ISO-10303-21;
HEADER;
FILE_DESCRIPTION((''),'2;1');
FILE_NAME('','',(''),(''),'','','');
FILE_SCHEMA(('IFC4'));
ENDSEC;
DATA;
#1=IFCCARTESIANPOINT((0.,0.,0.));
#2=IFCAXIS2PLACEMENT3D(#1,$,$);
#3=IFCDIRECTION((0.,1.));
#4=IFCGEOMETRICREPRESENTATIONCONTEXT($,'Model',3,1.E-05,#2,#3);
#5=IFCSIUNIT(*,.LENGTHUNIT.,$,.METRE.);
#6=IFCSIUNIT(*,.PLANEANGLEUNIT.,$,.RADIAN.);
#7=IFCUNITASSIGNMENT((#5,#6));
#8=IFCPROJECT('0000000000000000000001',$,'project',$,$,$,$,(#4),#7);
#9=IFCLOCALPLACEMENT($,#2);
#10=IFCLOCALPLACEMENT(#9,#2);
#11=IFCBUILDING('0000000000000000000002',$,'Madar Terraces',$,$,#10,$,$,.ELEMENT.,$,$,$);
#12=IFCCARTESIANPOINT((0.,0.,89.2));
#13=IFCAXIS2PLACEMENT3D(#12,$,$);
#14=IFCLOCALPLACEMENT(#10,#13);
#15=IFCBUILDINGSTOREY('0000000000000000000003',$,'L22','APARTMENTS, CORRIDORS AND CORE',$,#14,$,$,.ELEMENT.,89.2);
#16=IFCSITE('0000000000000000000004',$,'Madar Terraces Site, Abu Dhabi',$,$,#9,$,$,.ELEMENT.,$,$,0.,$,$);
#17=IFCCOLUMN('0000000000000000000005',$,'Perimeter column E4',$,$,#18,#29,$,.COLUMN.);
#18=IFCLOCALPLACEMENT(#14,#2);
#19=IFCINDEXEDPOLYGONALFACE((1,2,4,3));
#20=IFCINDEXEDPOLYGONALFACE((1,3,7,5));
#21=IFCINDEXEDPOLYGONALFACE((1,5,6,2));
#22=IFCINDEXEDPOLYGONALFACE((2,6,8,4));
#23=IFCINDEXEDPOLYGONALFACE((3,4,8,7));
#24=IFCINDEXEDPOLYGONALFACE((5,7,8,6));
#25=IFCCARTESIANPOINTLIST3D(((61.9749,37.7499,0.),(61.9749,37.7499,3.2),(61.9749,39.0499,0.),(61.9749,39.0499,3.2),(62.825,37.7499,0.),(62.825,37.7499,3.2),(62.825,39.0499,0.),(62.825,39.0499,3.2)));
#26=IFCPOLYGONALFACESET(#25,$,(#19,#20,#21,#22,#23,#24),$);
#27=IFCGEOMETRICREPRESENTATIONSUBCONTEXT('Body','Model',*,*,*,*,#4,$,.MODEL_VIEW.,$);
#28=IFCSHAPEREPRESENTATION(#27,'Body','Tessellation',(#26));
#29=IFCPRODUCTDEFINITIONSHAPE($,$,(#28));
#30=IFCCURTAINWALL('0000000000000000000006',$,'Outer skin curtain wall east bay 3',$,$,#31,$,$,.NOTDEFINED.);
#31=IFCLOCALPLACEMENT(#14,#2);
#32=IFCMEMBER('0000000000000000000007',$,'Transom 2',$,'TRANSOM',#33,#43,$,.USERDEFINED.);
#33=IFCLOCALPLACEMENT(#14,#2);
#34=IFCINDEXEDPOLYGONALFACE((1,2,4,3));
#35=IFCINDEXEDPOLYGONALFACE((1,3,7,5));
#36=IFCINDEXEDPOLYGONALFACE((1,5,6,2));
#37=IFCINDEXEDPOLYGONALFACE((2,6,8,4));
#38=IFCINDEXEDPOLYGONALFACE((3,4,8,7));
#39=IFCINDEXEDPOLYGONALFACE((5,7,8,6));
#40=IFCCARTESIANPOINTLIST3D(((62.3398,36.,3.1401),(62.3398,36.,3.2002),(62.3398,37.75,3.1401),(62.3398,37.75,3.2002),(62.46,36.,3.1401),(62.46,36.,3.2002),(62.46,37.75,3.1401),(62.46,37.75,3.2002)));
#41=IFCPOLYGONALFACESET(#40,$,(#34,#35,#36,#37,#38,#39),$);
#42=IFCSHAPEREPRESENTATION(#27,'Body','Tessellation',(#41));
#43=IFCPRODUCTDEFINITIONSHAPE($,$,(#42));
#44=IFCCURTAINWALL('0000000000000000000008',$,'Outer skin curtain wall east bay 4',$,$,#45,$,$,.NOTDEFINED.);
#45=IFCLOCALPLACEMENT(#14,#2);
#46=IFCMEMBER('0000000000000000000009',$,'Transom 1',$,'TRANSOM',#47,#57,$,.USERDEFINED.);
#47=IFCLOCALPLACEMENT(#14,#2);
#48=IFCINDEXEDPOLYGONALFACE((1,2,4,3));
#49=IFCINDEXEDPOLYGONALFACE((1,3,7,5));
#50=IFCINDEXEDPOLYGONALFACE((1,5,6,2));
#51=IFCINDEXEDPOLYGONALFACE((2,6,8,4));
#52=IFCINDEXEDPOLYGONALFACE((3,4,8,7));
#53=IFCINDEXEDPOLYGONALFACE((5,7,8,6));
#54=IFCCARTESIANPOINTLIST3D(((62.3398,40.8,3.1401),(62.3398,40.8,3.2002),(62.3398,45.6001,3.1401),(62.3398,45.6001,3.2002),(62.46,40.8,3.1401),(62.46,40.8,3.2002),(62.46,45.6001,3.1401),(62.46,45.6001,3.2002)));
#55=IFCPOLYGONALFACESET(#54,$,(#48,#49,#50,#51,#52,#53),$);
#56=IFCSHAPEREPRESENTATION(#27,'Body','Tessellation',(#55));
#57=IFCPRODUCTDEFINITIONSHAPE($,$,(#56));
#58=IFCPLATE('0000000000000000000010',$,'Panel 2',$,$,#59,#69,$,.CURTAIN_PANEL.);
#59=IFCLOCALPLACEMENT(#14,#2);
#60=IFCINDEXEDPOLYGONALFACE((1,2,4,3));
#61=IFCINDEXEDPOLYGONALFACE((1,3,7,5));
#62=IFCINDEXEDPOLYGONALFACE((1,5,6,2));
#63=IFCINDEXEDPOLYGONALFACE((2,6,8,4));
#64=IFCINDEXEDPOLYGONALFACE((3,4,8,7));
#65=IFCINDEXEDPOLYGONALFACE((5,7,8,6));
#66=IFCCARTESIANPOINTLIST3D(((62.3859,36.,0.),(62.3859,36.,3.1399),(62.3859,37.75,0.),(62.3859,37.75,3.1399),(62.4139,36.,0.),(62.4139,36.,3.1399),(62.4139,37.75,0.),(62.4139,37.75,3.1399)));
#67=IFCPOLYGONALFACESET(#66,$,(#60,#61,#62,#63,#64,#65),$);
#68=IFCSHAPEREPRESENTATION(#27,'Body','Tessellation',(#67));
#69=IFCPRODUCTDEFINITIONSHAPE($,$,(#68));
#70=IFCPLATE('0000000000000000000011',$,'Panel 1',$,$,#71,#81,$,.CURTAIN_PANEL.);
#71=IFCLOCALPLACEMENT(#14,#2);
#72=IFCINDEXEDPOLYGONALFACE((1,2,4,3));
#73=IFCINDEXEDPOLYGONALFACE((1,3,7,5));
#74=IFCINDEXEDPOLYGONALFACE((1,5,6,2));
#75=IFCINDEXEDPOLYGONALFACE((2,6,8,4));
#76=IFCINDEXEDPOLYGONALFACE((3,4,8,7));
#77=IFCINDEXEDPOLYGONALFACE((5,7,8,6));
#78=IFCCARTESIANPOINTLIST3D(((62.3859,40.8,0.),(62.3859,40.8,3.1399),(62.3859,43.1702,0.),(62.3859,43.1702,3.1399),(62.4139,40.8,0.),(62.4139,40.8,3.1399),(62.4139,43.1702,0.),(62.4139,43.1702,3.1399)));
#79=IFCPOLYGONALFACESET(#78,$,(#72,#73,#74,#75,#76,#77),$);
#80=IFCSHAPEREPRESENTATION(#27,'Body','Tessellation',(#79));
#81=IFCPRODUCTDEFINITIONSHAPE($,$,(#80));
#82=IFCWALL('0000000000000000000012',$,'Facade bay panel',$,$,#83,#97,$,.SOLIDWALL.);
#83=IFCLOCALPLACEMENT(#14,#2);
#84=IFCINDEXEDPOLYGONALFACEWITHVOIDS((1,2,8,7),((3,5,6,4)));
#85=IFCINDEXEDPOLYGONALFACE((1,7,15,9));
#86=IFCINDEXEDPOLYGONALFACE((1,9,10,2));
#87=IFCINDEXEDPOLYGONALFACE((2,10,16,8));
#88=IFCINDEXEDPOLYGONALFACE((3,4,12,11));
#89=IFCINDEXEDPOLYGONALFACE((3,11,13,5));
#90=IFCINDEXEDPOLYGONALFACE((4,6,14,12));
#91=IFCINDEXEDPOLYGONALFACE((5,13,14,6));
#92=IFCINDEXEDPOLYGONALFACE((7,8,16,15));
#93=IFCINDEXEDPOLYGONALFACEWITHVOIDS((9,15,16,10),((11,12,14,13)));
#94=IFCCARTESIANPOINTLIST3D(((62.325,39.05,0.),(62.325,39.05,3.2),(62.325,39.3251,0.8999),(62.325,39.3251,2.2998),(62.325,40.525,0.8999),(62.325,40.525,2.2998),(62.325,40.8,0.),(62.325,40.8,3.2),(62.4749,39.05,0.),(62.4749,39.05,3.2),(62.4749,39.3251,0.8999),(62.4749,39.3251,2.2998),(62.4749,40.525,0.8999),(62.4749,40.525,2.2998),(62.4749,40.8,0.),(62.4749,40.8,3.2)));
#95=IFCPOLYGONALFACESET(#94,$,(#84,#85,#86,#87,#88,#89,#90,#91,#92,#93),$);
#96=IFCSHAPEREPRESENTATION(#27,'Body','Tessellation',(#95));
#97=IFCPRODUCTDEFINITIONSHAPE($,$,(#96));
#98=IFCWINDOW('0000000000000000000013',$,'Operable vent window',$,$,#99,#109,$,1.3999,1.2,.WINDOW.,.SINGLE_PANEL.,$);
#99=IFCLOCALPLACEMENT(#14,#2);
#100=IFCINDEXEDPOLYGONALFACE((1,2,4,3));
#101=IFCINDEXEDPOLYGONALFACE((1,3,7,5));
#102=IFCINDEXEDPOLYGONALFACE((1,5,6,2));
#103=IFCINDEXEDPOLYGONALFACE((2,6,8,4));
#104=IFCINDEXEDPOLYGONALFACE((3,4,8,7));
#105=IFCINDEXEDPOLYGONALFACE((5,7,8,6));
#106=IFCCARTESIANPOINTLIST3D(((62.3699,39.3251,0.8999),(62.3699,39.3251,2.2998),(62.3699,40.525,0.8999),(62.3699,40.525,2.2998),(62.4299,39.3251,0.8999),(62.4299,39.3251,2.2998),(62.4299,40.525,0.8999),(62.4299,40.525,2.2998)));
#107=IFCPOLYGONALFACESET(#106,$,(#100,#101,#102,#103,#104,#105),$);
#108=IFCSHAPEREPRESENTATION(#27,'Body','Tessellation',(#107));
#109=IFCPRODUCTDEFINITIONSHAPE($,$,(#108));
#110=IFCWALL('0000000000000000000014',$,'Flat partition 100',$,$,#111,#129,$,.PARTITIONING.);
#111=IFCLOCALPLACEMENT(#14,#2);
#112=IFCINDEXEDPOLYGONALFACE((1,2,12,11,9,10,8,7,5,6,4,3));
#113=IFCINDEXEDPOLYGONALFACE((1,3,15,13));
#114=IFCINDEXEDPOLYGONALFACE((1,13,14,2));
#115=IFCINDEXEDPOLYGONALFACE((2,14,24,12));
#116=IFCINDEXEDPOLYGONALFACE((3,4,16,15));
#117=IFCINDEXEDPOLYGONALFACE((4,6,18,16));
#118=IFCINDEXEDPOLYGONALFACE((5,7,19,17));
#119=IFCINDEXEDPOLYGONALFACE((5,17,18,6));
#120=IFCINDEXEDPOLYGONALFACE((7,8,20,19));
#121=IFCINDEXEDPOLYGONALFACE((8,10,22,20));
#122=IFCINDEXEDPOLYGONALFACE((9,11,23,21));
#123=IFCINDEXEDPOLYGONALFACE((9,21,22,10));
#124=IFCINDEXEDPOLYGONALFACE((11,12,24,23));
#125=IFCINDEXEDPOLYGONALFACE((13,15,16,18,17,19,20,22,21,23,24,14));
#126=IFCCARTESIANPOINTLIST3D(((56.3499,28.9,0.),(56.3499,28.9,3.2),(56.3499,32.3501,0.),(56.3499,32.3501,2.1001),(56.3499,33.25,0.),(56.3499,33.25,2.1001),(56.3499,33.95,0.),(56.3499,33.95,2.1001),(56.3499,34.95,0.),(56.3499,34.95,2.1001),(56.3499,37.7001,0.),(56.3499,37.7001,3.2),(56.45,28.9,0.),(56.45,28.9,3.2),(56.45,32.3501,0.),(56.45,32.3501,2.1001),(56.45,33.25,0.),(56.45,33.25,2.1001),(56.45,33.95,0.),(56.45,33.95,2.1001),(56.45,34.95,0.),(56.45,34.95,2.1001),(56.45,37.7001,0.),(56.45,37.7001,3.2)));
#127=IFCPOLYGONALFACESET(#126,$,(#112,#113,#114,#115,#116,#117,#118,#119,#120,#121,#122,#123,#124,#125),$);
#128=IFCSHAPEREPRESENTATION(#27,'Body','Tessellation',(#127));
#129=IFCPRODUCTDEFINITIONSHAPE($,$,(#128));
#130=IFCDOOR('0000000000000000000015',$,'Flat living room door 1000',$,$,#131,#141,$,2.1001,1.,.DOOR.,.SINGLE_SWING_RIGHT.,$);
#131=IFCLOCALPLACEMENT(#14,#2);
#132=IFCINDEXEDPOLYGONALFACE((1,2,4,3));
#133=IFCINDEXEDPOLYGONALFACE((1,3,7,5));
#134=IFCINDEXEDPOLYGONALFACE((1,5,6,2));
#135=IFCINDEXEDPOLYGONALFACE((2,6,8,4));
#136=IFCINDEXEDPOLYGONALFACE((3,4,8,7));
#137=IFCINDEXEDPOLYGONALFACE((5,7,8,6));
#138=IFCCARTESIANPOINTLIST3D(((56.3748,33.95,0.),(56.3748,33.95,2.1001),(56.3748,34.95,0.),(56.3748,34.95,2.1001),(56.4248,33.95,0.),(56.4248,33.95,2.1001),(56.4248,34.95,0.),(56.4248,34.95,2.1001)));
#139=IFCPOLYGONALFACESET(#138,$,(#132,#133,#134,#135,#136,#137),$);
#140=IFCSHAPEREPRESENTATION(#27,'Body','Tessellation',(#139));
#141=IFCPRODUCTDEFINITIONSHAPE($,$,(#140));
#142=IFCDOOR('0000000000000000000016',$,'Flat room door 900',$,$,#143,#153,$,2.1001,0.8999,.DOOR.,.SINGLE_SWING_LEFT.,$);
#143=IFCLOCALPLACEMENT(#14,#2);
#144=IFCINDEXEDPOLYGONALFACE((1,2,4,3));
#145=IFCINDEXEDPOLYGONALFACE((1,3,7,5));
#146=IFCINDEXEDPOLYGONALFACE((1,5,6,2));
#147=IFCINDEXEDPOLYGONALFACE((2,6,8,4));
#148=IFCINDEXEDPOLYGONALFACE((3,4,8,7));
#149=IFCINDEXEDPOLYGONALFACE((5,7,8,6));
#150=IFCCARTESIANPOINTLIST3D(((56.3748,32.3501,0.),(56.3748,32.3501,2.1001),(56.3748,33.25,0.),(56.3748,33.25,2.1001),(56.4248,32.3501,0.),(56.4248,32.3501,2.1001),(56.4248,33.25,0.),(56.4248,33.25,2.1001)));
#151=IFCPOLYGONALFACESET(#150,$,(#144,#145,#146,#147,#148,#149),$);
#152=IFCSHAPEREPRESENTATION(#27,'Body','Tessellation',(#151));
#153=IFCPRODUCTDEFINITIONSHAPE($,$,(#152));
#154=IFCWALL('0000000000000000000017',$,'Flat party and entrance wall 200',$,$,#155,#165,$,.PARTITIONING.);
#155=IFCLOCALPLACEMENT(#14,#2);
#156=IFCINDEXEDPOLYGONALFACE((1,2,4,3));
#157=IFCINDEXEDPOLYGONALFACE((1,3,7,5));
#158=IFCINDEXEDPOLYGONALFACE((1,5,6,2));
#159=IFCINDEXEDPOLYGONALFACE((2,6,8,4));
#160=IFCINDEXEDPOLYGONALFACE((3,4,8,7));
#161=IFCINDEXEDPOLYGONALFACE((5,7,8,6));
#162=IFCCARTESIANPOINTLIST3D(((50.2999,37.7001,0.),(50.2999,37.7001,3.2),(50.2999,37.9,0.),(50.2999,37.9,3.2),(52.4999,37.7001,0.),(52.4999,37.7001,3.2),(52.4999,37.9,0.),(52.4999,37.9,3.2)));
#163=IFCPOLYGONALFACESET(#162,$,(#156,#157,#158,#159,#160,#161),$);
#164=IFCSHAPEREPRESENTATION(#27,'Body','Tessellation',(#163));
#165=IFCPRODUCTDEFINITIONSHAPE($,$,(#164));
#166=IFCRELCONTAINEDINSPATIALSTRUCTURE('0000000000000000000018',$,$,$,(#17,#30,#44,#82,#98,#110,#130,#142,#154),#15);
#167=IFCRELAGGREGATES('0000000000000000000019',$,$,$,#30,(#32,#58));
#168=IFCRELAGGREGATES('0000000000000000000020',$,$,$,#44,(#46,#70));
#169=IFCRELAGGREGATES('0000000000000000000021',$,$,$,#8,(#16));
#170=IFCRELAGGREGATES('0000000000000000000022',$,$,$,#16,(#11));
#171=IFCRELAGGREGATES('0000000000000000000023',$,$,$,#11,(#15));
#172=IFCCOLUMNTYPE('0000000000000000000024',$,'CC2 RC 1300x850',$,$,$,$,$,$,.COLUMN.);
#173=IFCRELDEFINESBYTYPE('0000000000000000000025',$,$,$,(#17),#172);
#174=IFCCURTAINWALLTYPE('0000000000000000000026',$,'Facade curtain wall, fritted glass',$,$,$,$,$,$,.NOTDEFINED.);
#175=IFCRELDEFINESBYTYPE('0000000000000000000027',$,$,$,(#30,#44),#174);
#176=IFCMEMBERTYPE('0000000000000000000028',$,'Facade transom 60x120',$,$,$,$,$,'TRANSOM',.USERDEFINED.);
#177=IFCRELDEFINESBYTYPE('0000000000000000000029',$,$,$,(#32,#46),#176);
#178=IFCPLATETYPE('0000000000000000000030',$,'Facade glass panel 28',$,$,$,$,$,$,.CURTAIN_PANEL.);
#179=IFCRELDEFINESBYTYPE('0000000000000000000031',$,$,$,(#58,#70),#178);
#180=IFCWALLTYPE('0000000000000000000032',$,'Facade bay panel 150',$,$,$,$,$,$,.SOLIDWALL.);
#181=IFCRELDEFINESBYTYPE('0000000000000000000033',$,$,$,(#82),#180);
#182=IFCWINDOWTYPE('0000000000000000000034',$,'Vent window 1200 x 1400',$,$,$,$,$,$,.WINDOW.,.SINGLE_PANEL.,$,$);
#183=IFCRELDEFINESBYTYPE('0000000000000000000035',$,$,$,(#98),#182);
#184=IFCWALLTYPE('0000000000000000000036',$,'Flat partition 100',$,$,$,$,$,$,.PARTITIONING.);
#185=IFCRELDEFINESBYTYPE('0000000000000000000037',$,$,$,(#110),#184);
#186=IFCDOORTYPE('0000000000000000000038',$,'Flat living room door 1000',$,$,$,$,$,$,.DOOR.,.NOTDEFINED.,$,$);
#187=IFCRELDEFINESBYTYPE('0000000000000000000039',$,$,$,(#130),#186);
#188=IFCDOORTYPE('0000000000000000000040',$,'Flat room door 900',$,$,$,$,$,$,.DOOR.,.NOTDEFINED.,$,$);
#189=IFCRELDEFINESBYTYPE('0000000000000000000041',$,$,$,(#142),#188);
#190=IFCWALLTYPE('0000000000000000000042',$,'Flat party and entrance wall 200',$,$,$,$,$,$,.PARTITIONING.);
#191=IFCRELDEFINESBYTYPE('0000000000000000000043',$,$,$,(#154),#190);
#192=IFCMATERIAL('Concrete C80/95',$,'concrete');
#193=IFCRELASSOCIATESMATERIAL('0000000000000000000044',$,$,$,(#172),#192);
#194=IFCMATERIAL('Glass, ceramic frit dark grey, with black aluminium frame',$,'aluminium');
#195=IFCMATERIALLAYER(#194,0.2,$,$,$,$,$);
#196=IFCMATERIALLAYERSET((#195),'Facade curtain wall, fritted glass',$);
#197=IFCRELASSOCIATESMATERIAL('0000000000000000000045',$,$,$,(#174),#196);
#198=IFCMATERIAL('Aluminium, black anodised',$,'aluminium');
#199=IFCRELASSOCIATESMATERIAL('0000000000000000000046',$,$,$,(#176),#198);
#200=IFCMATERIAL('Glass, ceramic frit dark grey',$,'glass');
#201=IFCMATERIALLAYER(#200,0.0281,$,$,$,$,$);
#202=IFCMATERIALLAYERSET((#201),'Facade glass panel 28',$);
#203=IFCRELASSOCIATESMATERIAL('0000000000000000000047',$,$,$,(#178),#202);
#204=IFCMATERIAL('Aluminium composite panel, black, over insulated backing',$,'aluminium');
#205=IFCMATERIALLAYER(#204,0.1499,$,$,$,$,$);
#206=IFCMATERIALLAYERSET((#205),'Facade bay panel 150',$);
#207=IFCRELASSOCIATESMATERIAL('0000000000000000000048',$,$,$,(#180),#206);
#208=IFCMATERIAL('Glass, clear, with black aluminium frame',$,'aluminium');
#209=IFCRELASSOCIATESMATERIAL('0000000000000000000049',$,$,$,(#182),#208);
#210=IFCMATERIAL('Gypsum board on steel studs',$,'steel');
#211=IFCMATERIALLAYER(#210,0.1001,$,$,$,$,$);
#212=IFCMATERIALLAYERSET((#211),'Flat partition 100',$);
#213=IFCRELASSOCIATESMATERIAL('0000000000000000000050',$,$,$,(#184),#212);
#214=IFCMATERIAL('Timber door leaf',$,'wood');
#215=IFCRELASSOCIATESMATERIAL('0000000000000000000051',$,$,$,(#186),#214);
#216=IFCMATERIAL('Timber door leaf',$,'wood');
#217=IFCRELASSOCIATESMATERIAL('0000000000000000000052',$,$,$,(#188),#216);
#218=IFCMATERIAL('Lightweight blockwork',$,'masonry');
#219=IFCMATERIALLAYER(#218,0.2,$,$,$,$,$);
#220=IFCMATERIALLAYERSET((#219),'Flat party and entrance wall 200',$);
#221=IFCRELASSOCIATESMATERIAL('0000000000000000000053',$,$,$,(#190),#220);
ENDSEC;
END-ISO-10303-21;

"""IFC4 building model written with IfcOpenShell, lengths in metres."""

from ifc_helpers import new_model, si_unit, direction, frame, frame_2d, origin, origin_2d, place, context, subcontext, project, spatial, rectangle, extrude, material, layer, layer_set, material_profile, profile_set, type_object, element, fill, aggregate, save


model = new_model("IFC4")

# Units and contexts
model_context = context("Model", 3, precision=1e-05, world=origin(), true_north=direction((0.0, 1.0)))
body_context = subcontext(model_context, "Body", "Model", "MODEL_VIEW")
ifc_project = project(units=[si_unit("LENGTHUNIT", "METRE"), si_unit("PLANEANGLEUNIT", "RADIAN")], contexts=[model_context])

# Site, building, storey
site_placement = place(None, origin())
site = spatial("IfcSite", under=ifc_project, at=site_placement, Name="Madar Terraces Site, Abu Dhabi", CompositionType="ELEMENT", RefElevation=0.0)
building_placement = place(site_placement, origin())
building = spatial("IfcBuilding", under=site, at=building_placement, Name="Madar Terraces", CompositionType="ELEMENT")
storey_placement = place(building_placement, frame((0.0, 0.0, 89.2)))
storey = spatial("IfcBuildingStorey", under=building, at=storey_placement, Name="L22", Description="APARTMENTS, CORRIDORS AND CORE", CompositionType="ELEMENT", Elevation=89.2)

# Column
ifc_material_1 = material(Name="Concrete C80/95", Category="concrete")
ifc_material_profile_1 = material_profile(ifc_material_1, rectangle(XDim=1.3, YDim=0.8501, at=origin_2d()), Name="CC2 RC 1300x850")
ifc_profile_set_1 = profile_set([ifc_material_profile_1], Name="Concrete C80/95")
column_type = type_object("IfcColumnType", Name="CC2 RC 1300x850", PredefinedType="COLUMN", material=ifc_profile_set_1)
column_placement = place(storey_placement, frame((62.3999, 38.3999, 0.0), z_axis=(0.0, 0.0, 1.0), x_axis=(0.0, 1.0, 0.0)))
element("IfcColumn", 1, at=column_placement, inside=storey, type_object=column_type, Name="Perimeter column E4", PredefinedType="COLUMN", context=body_context, shape_type="SweptSolid", body=[
    extrude(rectangle(XDim=1.3, YDim=0.8501, at=origin_2d()), origin(), (0.0, 0.0, 1.0), 3.2),
])

# Curtain walls, members
ifc_material_2 = material(Name="Glass, ceramic frit dark grey, with black aluminium frame", Category="aluminium")
ifc_layer_1 = layer(ifc_material_2, 0.2)
ifc_layer_set_1 = layer_set([ifc_layer_1], Name="Facade curtain wall, fritted glass")
curtain_wall_type = type_object("IfcCurtainWallType", Name="Facade curtain wall, fritted glass", PredefinedType="NOTDEFINED", material=ifc_layer_set_1)
curtain_wall_1_placement = place(storey_placement, origin())
curtain_wall_1 = element("IfcCurtainWall", 2, at=curtain_wall_1_placement, inside=storey, type_object=curtain_wall_type, Name="Outer skin curtain wall east bay 3", PredefinedType="NOTDEFINED")
ifc_material_3 = material(Name="Aluminium, black anodised", Category="aluminium")
ifc_material_profile_2 = material_profile(ifc_material_3, rectangle(XDim=0.1201, YDim=0.0601, at=origin_2d()), Name="Facade transom 60x120")
ifc_profile_set_2 = profile_set([ifc_material_profile_2], Name="Aluminium, black anodised")
member_type = type_object("IfcMemberType", Name="Facade transom 60x120", ElementType="TRANSOM", PredefinedType="USERDEFINED", material=ifc_profile_set_2)
member_1_placement = place(storey_placement, frame((62.3999, 36.0, 3.1702), z_axis=(0.0, 1.0, 0.0), x_axis=(-1.0, 0.0, 0.0)))
member_1 = element("IfcMember", 3, at=member_1_placement, type_object=member_type, Name="Transom 2", ObjectType="TRANSOM", PredefinedType="USERDEFINED", context=body_context, shape_type="SweptSolid", body=[
    extrude(rectangle(XDim=0.1201, YDim=0.0601, at=origin_2d()), origin(), (0.0, 0.0, 1.0), 1.75),
])
curtain_wall_2_placement = place(storey_placement, origin())
curtain_wall_2 = element("IfcCurtainWall", 4, at=curtain_wall_2_placement, inside=storey, type_object=curtain_wall_type, Name="Outer skin curtain wall east bay 4", PredefinedType="NOTDEFINED")
member_2_placement = place(storey_placement, frame((62.3999, 40.8, 3.1702), z_axis=(0.0, 1.0, 0.0), x_axis=(-1.0, 0.0, 0.0)))
member_2 = element("IfcMember", 5, at=member_2_placement, type_object=member_type, Name="Transom 1", ObjectType="TRANSOM", PredefinedType="USERDEFINED", context=body_context, shape_type="SweptSolid", body=[
    extrude(rectangle(XDim=0.1201, YDim=0.0601, at=origin_2d()), origin(), (0.0, 0.0, 1.0), 4.8),
])

# Plates
ifc_material_4 = material(Name="Glass, ceramic frit dark grey", Category="glass")
ifc_layer_2 = layer(ifc_material_4, 0.0281)
ifc_layer_set_2 = layer_set([ifc_layer_2], Name="Facade glass panel 28")
plate_type = type_object("IfcPlateType", Name="Facade glass panel 28", PredefinedType="CURTAIN_PANEL", material=ifc_layer_set_2)
plate_1_placement = place(storey_placement, frame((62.3999, 36.875, 0.0), z_axis=(0.0, 0.0, 1.0), x_axis=(0.0, 1.0, 0.0)))
plate_1 = element("IfcPlate", 6, at=plate_1_placement, type_object=plate_type, Name="Panel 2", PredefinedType="CURTAIN_PANEL", context=body_context, shape_type="SweptSolid", body=[
    extrude(rectangle(XDim=1.75, YDim=0.0281, at=origin_2d()), origin(), (0.0, 0.0, 1.0), 3.1399),
])
aggregate(curtain_wall_1, [member_1, plate_1])
plate_2_placement = place(storey_placement, frame((62.3999, 41.9851, 0.0), z_axis=(0.0, 0.0, 1.0), x_axis=(0.0, 1.0, 0.0)))
plate_2 = element("IfcPlate", 7, at=plate_2_placement, type_object=plate_type, Name="Panel 1", PredefinedType="CURTAIN_PANEL", context=body_context, shape_type="SweptSolid", body=[
    extrude(rectangle(XDim=2.3701, YDim=0.0281, at=origin_2d()), origin(), (0.0, 0.0, 1.0), 3.1399),
])
aggregate(curtain_wall_2, [member_2, plate_2])

# Wall, opening, window
ifc_material_5 = material(Name="Aluminium composite panel, black, over insulated backing", Category="aluminium")
ifc_layer_3 = layer(ifc_material_5, 0.1499)
ifc_layer_set_3 = layer_set([ifc_layer_3], Name="Facade bay panel 150")
wall_type_1 = type_object("IfcWallType", Name="Facade bay panel 150", PredefinedType="SOLIDWALL", material=ifc_layer_set_3)
wall_1_placement = place(storey_placement, frame((62.3999, 39.05, 0.0), z_axis=(0.0, 0.0, 1.0), x_axis=(0.0, 1.0, 0.0)))
wall_1 = element("IfcWall", 8, at=wall_1_placement, inside=storey, type_object=wall_type_1, Name="Facade bay panel", PredefinedType="SOLIDWALL", context=body_context, shape_type="SweptSolid", body=[
    extrude(rectangle(XDim=1.75, YDim=0.1499, at=frame_2d((0.875, 0.0))), origin(), (0.0, 0.0, 1.0), 3.2),
])
opening_1_placement = place(wall_1_placement, frame((0.2749, 0.0, 0.8999)))
opening_1 = element("IfcOpeningElement", 9, at=opening_1_placement, cuts=wall_1, PredefinedType="OPENING", context=body_context, shape_type="SweptSolid", body=[
    extrude(rectangle(XDim=1.2, YDim=1.3999, at=frame_2d((0.6001, 0.7))), frame((0.0, 0.085, 0.0), z_axis=(0.0, -1.0, 0.0), x_axis=(1.0, 0.0, 0.0)), (0.0, 0.0, 1.0), 0.1699),
])
ifc_material_6 = material(Name="Glass, clear, with black aluminium frame", Category="aluminium")
window_type = type_object("IfcWindowType", Name="Vent window 1200 x 1400", PartitioningType="SINGLE_PANEL", PredefinedType="WINDOW", material=ifc_material_6)
window_placement = place(opening_1_placement, origin())
window = element("IfcWindow", 10, at=window_placement, inside=storey, type_object=window_type, Name="Operable vent window", OverallHeight=1.3999, OverallWidth=1.2, PartitioningType="SINGLE_PANEL", PredefinedType="WINDOW", context=body_context, shape_type="SweptSolid", body=[
    extrude(rectangle(XDim=1.2, YDim=1.3999, at=frame_2d((0.6001, 0.7))), frame((0.0, 0.03, 0.0), z_axis=(0.0, -1.0, 0.0), x_axis=(1.0, 0.0, 0.0)), (0.0, 0.0, 1.0), 0.0601),
])
fill(opening_1, window)

# Wall, openings, doors
ifc_material_7 = material(Name="Gypsum board on steel studs", Category="steel")
ifc_layer_4 = layer(ifc_material_7, 0.1001)
ifc_layer_set_4 = layer_set([ifc_layer_4], Name="Flat partition 100")
wall_type_2 = type_object("IfcWallType", Name="Flat partition 100", PredefinedType="PARTITIONING", material=ifc_layer_set_4)
wall_2_placement = place(storey_placement, frame((56.3999, 37.7, 0.0), z_axis=(0.0, 0.0, 1.0), x_axis=(0.0, -1.0, 0.0)))
wall_2 = element("IfcWall", 11, at=wall_2_placement, inside=storey, type_object=wall_type_2, Name="Flat partition 100", PredefinedType="PARTITIONING", context=body_context, shape_type="SweptSolid", body=[
    extrude(rectangle(XDim=8.8, YDim=0.1001, at=frame_2d((4.3999, 0.0))), origin(), (0.0, 0.0, 1.0), 3.2),
])
opening_2_placement = place(wall_2_placement, frame((2.75, 0.0, 0.0)))
opening_2 = element("IfcOpeningElement", 12, at=opening_2_placement, cuts=wall_2, PredefinedType="OPENING", context=body_context, shape_type="SweptSolid", body=[
    extrude(rectangle(XDim=1.0, YDim=2.1001, at=frame_2d((0.5, 1.05))), frame((0.0, 0.0601, 0.0), z_axis=(0.0, -1.0, 0.0), x_axis=(1.0, 0.0, 0.0)), (0.0, 0.0, 1.0), 0.1201),
])
opening_3_placement = place(wall_2_placement, frame((4.45, 0.0, 0.0)))
opening_3 = element("IfcOpeningElement", 13, at=opening_3_placement, cuts=wall_2, PredefinedType="OPENING", context=body_context, shape_type="SweptSolid", body=[
    extrude(rectangle(XDim=0.8999, YDim=2.1001, at=frame_2d((0.45, 1.05))), frame((0.0, 0.0601, 0.0), z_axis=(0.0, -1.0, 0.0), x_axis=(1.0, 0.0, 0.0)), (0.0, 0.0, 1.0), 0.1201),
])
ifc_material_8 = material(Name="Timber door leaf", Category="wood")
door_type_1 = type_object("IfcDoorType", Name="Flat living room door 1000", OperationType="NOTDEFINED", PredefinedType="DOOR", material=ifc_material_8)
door_1_placement = place(opening_2_placement, origin())
door_1 = element("IfcDoor", 14, at=door_1_placement, inside=storey, type_object=door_type_1, Name="Flat living room door 1000", OperationType="SINGLE_SWING_RIGHT", OverallHeight=2.1001, OverallWidth=1.0, PredefinedType="DOOR", context=body_context, shape_type="SweptSolid", body=[
    extrude(rectangle(XDim=1.0, YDim=2.1001, at=frame_2d((0.5, 1.05))), frame((0.0, 0.0249, 0.0), z_axis=(0.0, -1.0, 0.0), x_axis=(1.0, 0.0, 0.0)), (0.0, 0.0, 1.0), 0.05),
])
fill(opening_2, door_1)
ifc_material_9 = material(Name="Timber door leaf", Category="wood")
door_type_2 = type_object("IfcDoorType", Name="Flat room door 900", OperationType="NOTDEFINED", PredefinedType="DOOR", material=ifc_material_9)
door_2_placement = place(opening_3_placement, origin())
door_2 = element("IfcDoor", 15, at=door_2_placement, inside=storey, type_object=door_type_2, Name="Flat room door 900", OperationType="SINGLE_SWING_LEFT", OverallHeight=2.1001, OverallWidth=0.8999, PredefinedType="DOOR", context=body_context, shape_type="SweptSolid", body=[
    extrude(rectangle(XDim=0.8999, YDim=2.1001, at=frame_2d((0.45, 1.05))), frame((0.0, 0.0249, 0.0), z_axis=(0.0, -1.0, 0.0), x_axis=(1.0, 0.0, 0.0)), (0.0, 0.0, 1.0), 0.05),
])
fill(opening_3, door_2)

# Wall
ifc_material_10 = material(Name="Lightweight blockwork", Category="masonry")
ifc_layer_5 = layer(ifc_material_10, 0.2)
ifc_layer_set_5 = layer_set([ifc_layer_5], Name="Flat party and entrance wall 200")
wall_type_3 = type_object("IfcWallType", Name="Flat party and entrance wall 200", PredefinedType="PARTITIONING", material=ifc_layer_set_5)
wall_3_placement = place(storey_placement, frame((52.5, 37.8, 0.0), z_axis=(0.0, 0.0, 1.0), x_axis=(-1.0, 0.0, 0.0)))
element("IfcWall", 16, at=wall_3_placement, inside=storey, type_object=wall_type_3, Name="Flat party and entrance wall 200", PredefinedType="PARTITIONING", context=body_context, shape_type="SweptSolid", body=[
    extrude(rectangle(XDim=2.2, YDim=0.2, at=frame_2d((1.1001, 0.0))), origin(), (0.0, 0.0, 1.0), 3.2),
])

save(model, "model.ifc")
